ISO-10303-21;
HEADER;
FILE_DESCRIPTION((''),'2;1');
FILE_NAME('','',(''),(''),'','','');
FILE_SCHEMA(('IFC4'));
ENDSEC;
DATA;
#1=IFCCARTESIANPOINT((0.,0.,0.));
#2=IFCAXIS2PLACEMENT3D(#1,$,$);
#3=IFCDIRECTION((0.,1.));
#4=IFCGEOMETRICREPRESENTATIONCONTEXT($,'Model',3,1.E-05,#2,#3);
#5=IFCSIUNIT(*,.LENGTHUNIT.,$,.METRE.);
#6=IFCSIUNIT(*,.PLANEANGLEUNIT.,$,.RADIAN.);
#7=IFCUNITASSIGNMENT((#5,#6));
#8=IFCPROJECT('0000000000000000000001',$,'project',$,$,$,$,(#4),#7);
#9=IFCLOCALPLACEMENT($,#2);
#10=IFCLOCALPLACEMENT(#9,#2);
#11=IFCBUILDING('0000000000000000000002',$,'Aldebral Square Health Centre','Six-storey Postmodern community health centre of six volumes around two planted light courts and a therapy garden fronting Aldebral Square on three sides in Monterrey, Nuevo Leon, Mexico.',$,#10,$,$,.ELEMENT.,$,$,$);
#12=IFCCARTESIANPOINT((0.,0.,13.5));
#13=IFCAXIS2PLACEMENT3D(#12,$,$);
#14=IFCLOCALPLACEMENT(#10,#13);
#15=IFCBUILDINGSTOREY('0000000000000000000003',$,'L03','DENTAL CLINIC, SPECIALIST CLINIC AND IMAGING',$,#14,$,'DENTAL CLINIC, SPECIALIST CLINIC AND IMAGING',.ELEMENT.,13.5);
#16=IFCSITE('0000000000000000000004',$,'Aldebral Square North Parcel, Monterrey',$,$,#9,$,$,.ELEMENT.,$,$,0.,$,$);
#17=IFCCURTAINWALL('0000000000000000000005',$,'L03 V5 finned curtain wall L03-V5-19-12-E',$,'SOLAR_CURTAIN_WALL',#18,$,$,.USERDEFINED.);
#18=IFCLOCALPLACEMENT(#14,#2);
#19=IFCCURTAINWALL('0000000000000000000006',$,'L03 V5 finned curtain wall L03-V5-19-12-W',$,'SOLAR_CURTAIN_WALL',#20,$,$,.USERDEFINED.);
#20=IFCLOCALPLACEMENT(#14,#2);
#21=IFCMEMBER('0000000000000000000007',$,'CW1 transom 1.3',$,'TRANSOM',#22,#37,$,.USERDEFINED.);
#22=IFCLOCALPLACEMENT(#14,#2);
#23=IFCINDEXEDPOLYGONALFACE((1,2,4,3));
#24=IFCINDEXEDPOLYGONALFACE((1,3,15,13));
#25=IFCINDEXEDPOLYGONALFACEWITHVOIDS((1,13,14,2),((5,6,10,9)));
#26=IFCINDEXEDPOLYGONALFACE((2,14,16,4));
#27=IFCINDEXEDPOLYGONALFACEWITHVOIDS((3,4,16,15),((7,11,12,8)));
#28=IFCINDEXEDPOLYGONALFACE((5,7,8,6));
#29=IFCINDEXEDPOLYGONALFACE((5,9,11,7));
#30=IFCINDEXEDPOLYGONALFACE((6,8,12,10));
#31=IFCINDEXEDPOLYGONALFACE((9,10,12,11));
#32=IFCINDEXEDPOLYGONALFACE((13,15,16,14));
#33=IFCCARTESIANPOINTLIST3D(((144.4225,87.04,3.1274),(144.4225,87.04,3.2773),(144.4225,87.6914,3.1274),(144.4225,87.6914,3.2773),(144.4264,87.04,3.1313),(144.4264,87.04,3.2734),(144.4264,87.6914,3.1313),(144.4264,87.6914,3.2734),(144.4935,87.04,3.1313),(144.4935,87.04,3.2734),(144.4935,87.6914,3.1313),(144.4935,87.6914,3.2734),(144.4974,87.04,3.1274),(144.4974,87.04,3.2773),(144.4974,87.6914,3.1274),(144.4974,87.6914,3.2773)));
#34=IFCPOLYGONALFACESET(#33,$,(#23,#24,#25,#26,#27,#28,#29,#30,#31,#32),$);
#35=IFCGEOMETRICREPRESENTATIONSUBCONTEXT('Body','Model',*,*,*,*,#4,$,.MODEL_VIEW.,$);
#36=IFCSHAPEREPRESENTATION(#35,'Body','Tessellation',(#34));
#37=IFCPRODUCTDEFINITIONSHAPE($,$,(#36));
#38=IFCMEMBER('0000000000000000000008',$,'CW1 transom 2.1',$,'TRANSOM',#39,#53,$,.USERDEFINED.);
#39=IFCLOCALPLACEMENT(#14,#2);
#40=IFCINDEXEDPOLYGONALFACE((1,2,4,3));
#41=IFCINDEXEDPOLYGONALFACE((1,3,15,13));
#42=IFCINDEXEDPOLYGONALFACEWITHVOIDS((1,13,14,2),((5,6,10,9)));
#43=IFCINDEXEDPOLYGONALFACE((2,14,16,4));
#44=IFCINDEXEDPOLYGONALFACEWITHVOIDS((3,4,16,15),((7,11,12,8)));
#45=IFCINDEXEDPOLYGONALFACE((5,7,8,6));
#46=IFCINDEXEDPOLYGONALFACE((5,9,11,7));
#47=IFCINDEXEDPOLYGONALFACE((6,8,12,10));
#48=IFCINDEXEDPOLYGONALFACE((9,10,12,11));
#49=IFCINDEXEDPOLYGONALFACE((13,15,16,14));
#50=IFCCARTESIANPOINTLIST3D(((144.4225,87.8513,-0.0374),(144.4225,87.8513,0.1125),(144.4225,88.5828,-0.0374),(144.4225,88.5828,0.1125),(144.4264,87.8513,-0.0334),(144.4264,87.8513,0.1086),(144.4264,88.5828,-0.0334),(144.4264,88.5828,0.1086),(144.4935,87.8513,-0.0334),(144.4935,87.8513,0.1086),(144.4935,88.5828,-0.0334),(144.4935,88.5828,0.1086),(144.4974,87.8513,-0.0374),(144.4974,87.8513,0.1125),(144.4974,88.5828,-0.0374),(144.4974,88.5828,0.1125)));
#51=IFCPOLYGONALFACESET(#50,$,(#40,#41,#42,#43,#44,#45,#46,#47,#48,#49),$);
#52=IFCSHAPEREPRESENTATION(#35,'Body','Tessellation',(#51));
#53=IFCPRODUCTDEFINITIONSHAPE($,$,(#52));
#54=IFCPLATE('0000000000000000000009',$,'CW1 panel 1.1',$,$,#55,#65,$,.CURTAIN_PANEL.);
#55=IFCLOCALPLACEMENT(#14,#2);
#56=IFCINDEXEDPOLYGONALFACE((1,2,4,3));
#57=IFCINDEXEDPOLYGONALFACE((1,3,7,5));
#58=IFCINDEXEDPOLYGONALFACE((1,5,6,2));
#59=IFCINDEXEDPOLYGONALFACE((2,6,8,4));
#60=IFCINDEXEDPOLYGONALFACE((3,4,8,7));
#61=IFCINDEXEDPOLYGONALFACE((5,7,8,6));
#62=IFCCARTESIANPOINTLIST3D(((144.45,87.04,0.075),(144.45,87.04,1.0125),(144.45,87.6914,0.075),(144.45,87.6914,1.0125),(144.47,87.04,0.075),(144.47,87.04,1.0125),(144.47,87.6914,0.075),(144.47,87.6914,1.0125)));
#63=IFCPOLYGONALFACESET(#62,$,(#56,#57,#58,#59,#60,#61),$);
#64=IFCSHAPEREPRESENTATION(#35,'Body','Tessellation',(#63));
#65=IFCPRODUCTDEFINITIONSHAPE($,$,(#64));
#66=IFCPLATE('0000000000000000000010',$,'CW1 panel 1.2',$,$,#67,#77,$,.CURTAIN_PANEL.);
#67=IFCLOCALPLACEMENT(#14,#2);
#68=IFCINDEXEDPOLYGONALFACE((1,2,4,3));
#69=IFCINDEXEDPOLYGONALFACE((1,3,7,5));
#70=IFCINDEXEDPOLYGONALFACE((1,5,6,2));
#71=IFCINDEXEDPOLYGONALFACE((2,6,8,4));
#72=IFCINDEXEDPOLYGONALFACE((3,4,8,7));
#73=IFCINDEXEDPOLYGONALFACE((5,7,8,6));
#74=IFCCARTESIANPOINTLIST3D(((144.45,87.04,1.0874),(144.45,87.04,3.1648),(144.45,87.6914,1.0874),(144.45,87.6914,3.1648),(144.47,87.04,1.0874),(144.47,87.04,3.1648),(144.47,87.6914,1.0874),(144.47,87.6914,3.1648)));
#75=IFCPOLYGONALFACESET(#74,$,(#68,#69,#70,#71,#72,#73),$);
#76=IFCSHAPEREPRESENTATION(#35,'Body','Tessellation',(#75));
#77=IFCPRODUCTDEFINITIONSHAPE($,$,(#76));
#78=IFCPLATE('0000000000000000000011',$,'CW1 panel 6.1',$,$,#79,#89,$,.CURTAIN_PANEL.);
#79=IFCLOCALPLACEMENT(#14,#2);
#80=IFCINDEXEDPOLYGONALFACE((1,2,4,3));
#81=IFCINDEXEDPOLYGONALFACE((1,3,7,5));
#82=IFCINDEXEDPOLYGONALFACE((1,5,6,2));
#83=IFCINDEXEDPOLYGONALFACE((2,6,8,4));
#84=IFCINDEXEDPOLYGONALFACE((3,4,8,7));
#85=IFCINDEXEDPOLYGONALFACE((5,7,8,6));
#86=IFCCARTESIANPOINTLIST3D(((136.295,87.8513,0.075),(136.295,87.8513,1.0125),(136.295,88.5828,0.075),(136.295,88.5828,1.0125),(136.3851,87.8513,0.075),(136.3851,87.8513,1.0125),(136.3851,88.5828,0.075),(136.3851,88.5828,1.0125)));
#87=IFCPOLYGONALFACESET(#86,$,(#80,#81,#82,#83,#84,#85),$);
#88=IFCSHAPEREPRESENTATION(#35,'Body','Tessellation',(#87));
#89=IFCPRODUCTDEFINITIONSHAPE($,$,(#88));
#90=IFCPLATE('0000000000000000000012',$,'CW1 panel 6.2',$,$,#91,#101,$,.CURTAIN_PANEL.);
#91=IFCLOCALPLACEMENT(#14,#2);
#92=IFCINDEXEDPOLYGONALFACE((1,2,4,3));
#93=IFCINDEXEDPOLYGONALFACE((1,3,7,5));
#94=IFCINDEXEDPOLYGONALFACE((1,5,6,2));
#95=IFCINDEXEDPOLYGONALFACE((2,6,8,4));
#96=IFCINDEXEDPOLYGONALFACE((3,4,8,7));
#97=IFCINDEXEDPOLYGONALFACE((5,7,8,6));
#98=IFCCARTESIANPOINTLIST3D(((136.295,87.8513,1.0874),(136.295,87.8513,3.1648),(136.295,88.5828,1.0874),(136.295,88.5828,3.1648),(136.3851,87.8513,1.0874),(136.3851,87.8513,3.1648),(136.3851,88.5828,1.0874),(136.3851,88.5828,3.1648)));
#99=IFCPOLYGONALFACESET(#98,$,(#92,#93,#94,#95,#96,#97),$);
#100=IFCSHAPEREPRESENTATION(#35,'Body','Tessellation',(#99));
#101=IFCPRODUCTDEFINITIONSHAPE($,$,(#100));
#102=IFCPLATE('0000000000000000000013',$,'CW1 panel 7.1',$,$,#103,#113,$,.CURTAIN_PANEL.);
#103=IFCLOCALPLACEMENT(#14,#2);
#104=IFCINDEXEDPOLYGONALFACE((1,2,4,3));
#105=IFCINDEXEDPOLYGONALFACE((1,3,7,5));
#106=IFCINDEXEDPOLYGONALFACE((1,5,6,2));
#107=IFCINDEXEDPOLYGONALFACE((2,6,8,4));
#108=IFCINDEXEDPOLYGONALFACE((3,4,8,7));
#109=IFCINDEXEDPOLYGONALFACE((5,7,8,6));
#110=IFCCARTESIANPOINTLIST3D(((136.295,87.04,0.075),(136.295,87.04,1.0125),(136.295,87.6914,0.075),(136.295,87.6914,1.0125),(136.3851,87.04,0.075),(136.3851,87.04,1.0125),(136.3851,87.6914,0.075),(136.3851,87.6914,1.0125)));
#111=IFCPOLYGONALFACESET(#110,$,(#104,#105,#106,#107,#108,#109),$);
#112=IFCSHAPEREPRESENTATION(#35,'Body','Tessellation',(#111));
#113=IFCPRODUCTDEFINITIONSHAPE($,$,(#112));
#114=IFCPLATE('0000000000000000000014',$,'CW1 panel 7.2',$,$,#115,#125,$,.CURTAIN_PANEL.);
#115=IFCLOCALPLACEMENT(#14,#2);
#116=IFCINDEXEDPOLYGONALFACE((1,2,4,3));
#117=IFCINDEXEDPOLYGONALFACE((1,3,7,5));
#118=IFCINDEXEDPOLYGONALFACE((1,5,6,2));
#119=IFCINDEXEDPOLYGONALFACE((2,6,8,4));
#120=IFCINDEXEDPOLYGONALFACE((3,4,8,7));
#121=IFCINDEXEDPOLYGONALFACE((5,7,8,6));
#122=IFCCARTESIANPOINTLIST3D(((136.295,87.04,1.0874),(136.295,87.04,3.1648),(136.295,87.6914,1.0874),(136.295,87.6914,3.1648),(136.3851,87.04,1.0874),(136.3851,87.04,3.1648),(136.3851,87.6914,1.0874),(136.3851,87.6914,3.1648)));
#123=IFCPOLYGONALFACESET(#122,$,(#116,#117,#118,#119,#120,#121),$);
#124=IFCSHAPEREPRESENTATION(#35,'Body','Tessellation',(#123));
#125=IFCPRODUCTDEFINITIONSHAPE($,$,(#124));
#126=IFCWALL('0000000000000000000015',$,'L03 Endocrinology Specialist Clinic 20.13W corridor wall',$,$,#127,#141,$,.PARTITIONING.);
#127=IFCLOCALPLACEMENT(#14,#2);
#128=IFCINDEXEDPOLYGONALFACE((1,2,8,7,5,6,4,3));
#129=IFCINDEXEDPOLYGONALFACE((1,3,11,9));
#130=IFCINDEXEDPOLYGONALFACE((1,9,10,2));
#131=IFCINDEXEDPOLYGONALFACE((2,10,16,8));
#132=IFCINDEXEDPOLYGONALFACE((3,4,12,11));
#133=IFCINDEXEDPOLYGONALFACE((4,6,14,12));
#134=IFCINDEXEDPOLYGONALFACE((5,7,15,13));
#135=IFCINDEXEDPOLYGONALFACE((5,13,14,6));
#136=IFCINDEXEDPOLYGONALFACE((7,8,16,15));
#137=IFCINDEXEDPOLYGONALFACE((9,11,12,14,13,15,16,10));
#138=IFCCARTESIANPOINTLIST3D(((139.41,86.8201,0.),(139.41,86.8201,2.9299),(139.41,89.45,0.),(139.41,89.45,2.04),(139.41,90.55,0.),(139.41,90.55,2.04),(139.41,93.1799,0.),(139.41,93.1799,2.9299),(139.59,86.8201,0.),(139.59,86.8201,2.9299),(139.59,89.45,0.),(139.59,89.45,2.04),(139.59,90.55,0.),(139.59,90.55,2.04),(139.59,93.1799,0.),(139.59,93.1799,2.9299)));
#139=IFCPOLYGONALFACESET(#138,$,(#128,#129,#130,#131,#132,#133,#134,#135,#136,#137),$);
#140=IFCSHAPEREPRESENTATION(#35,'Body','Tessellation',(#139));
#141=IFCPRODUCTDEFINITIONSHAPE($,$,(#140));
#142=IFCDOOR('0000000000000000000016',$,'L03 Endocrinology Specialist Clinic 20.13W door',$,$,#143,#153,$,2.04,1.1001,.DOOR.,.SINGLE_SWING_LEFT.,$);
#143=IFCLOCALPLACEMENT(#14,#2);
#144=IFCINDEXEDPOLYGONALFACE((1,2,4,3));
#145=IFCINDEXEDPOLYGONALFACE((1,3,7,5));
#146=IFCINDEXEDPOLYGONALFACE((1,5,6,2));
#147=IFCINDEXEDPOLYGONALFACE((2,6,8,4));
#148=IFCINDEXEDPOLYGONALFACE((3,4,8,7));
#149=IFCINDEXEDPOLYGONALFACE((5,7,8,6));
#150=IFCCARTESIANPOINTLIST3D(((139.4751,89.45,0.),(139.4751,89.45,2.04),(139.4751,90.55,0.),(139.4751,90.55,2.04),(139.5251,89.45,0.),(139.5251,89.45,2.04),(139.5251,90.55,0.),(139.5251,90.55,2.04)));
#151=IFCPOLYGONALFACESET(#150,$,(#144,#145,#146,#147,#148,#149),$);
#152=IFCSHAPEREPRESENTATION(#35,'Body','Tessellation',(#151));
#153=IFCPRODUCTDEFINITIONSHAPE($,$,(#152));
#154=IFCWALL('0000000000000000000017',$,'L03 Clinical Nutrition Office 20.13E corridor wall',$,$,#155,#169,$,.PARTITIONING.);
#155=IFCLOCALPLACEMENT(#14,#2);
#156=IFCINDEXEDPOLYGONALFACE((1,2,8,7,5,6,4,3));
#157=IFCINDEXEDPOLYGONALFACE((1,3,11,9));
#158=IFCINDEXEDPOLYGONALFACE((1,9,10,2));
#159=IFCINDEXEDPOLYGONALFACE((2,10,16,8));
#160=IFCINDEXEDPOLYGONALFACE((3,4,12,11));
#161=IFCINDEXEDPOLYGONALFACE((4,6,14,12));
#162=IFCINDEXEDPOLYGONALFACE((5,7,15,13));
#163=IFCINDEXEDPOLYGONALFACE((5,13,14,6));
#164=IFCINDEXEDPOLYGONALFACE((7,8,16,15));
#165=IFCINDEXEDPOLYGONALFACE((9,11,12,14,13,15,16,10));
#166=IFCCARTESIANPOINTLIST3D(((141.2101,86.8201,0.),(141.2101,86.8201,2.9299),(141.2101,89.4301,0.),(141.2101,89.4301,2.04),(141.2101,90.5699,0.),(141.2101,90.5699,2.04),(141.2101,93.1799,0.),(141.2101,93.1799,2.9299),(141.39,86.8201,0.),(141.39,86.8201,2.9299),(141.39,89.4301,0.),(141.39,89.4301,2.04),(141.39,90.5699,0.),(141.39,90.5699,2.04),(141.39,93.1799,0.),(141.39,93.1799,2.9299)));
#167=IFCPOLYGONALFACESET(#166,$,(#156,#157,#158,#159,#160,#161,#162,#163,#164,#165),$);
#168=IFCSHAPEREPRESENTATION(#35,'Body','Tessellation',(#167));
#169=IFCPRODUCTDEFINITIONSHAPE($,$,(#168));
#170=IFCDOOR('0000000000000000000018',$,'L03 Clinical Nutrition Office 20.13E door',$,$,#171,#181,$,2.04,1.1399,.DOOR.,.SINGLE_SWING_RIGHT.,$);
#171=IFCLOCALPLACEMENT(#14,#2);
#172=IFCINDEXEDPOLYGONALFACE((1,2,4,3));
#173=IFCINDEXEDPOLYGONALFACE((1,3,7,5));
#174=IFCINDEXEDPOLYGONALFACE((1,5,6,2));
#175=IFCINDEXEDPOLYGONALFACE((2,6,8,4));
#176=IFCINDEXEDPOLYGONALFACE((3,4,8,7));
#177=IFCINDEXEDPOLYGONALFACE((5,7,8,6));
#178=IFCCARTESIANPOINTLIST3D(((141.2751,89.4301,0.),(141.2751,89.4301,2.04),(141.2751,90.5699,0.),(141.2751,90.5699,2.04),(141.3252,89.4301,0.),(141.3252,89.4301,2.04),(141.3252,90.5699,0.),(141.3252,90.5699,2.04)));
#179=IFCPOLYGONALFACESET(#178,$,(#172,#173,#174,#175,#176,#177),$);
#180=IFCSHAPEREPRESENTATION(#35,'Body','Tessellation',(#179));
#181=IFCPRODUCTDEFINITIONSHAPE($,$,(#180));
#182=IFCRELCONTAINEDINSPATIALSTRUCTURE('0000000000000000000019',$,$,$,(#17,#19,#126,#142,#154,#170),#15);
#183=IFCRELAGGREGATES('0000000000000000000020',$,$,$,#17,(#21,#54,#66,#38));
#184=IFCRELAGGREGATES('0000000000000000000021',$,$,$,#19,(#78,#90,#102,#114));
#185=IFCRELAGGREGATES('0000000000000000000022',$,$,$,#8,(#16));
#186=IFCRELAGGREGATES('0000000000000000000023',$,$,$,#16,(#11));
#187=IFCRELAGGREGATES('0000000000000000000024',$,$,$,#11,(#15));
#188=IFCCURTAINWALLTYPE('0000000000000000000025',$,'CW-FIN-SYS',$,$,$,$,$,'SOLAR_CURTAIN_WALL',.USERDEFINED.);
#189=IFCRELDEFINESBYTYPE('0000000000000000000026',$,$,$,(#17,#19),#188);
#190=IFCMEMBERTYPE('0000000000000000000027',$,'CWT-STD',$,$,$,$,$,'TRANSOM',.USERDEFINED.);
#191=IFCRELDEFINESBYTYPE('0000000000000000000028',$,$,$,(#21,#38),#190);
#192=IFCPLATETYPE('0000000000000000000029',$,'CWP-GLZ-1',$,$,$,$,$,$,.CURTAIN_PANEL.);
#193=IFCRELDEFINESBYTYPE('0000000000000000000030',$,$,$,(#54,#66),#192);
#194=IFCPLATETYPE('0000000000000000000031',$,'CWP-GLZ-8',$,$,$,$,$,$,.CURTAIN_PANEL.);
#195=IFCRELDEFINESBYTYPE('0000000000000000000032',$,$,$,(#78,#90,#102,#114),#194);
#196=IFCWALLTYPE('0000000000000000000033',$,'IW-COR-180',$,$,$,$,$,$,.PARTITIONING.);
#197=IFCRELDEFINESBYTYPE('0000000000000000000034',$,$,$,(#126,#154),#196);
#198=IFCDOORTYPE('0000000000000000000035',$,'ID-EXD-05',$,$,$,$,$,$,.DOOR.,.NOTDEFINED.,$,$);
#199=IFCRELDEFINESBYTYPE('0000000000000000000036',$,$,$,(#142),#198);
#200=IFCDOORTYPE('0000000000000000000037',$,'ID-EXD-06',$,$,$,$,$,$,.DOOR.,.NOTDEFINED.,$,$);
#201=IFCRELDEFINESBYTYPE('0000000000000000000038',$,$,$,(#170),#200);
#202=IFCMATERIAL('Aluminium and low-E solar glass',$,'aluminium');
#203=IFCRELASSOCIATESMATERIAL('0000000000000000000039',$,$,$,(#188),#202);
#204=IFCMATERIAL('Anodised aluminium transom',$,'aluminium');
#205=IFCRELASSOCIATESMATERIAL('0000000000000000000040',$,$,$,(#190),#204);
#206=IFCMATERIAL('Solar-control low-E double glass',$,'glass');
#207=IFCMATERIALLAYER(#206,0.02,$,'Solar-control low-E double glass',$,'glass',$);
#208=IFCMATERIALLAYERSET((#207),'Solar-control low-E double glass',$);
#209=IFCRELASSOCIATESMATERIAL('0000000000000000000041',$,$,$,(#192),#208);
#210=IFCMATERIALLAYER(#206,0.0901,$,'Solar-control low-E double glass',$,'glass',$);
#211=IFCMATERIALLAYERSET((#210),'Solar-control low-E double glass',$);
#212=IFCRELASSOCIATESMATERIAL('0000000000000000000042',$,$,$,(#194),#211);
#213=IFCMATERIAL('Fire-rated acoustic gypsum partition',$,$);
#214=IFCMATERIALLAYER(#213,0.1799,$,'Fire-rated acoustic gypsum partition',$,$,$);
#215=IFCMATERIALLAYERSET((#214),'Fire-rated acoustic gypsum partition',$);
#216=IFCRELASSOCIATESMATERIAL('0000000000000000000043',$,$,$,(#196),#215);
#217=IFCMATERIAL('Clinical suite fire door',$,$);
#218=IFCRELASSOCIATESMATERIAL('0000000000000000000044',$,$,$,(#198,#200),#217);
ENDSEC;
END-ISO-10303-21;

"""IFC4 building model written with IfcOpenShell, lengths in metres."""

from ifc_helpers import new_model, si_unit, direction, frame, frame_2d, origin, origin_2d, place, context, subcontext, project, spatial, rectangle, hollow_rectangle, extrude, material, layer, layer_set, material_profile, profile_set, type_object, element, fill, aggregate, save


model = new_model("IFC4")

# Units and contexts
model_context = context("Model", 3, precision=1e-05, world=origin(), true_north=direction((0.0, 1.0)))
body_context = subcontext(model_context, "Body", "Model", "MODEL_VIEW")
ifc_project = project(units=[si_unit("LENGTHUNIT", "METRE"), si_unit("PLANEANGLEUNIT", "RADIAN")], contexts=[model_context])

# Site, building, storey
site_placement = place(None, origin())
site = spatial("IfcSite", under=ifc_project, at=site_placement, Name="Aldebral Square North Parcel, Monterrey", CompositionType="ELEMENT", RefElevation=0.0)
building_placement = place(site_placement, origin())
building = spatial("IfcBuilding", under=site, at=building_placement, Name="Aldebral Square Health Centre", Description="Six-storey Postmodern community health centre of six volumes around two planted light courts and a therapy garden fronting Aldebral Square on three sides in Monterrey, Nuevo Leon, Mexico.", CompositionType="ELEMENT")
storey_placement = place(building_placement, frame((0.0, 0.0, 13.5)))
storey = spatial("IfcBuildingStorey", under=building, at=storey_placement, Name="L03", Description="DENTAL CLINIC, SPECIALIST CLINIC AND IMAGING", LongName="DENTAL CLINIC, SPECIALIST CLINIC AND IMAGING", CompositionType="ELEMENT", Elevation=13.5)

# Curtain walls
ifc_material_1 = material(Name="Aluminium and low-E solar glass", Category="aluminium")
curtain_wall_type = type_object("IfcCurtainWallType", Name="CW-FIN-SYS", ElementType="SOLAR_CURTAIN_WALL", PredefinedType="USERDEFINED", material=ifc_material_1)
curtain_wall_1_placement = place(storey_placement, origin())
curtain_wall_1 = element("IfcCurtainWall", 1, at=curtain_wall_1_placement, inside=storey, type_object=curtain_wall_type, Name="L03 V5 finned curtain wall L03-V5-19-12-E", ObjectType="SOLAR_CURTAIN_WALL", PredefinedType="USERDEFINED")
curtain_wall_2_placement = place(storey_placement, origin())
curtain_wall_2 = element("IfcCurtainWall", 2, at=curtain_wall_2_placement, inside=storey, type_object=curtain_wall_type, Name="L03 V5 finned curtain wall L03-V5-19-12-W", ObjectType="SOLAR_CURTAIN_WALL", PredefinedType="USERDEFINED")
ifc_material_2 = material(Name="Anodised aluminium transom", Category="aluminium")
ifc_material_profile_1 = material_profile(ifc_material_2, hollow_rectangle(XDim=0.075, YDim=0.1499, WallThickness=0.0039, at=origin_2d()), Name="CWT 75x150x4")
ifc_profile_set_1 = profile_set([ifc_material_profile_1], Name="Anodised aluminium transom")
member_type_1 = type_object("IfcMemberType", Name="CWT-STD", ElementType="TRANSOM", PredefinedType="USERDEFINED", material=ifc_profile_set_1)

# Members
member_1_placement = place(storey_placement, frame((144.46, 87.04, 3.2024), z_axis=(0.0, 1.0, 0.0), x_axis=(-1.0, 0.0, 0.0)))
member_1 = element("IfcMember", 3, at=member_1_placement, type_object=member_type_1, Name="CW1 transom 1.3", ObjectType="TRANSOM", PredefinedType="USERDEFINED", context=body_context, shape_type="SweptSolid", body=[
    extrude(hollow_rectangle(XDim=0.075, YDim=0.1499, WallThickness=0.0039, at=origin_2d()), origin(), (0.0, 0.0, 1.0), 0.6514),
])
member_2_placement = place(storey_placement, frame((144.46, 87.8513, 0.0376), z_axis=(0.0, 1.0, 0.0), x_axis=(-1.0, 0.0, 0.0)))
member_2 = element("IfcMember", 4, at=member_2_placement, type_object=member_type_1, Name="CW1 transom 2.1", ObjectType="TRANSOM", PredefinedType="USERDEFINED", context=body_context, shape_type="SweptSolid", body=[
    extrude(hollow_rectangle(XDim=0.075, YDim=0.1499, WallThickness=0.0039, at=origin_2d()), origin(), (0.0, 0.0, 1.0), 0.7314),
])

# Plates
ifc_material_3 = material(Name="Solar-control low-E double glass", Category="glass")
ifc_layer_1 = layer(ifc_material_3, 0.02, Name="Solar-control low-E double glass", Category="glass")
ifc_layer_set_1 = layer_set([ifc_layer_1], Name="Solar-control low-E double glass")
plate_type_1 = type_object("IfcPlateType", Name="CWP-GLZ-1", PredefinedType="CURTAIN_PANEL", material=ifc_layer_set_1)
plate_1_placement = place(storey_placement, frame((144.46, 87.3657, 0.075), z_axis=(0.0, 0.0, 1.0), x_axis=(0.0, 1.0, 0.0)))
plate_1 = element("IfcPlate", 5, at=plate_1_placement, type_object=plate_type_1, Name="CW1 panel 1.1", PredefinedType="CURTAIN_PANEL", context=body_context, shape_type="SweptSolid", body=[
    extrude(rectangle(XDim=0.6514, YDim=0.02, at=origin_2d()), origin(), (0.0, 0.0, 1.0), 0.9375),
])
plate_2_placement = place(storey_placement, frame((144.46, 87.3657, 1.0874), z_axis=(0.0, 0.0, 1.0), x_axis=(0.0, 1.0, 0.0)))
plate_2 = element("IfcPlate", 6, at=plate_2_placement, type_object=plate_type_1, Name="CW1 panel 1.2", PredefinedType="CURTAIN_PANEL", context=body_context, shape_type="SweptSolid", body=[
    extrude(rectangle(XDim=0.6514, YDim=0.02, at=origin_2d()), origin(), (0.0, 0.0, 1.0), 2.0774),
])
aggregate(curtain_wall_1, [member_1, plate_1, plate_2, member_2])
ifc_layer_2 = layer(ifc_material_3, 0.0901, Name="Solar-control low-E double glass", Category="glass")
ifc_layer_set_2 = layer_set([ifc_layer_2], Name="Solar-control low-E double glass")
plate_type_2 = type_object("IfcPlateType", Name="CWP-GLZ-8", PredefinedType="CURTAIN_PANEL", material=ifc_layer_set_2)
plate_3_placement = place(storey_placement, frame((136.3401, 88.217, 0.075), z_axis=(0.0, 0.0, 1.0), x_axis=(0.0, -1.0, 0.0)))
plate_3 = element("IfcPlate", 7, at=plate_3_placement, type_object=plate_type_2, Name="CW1 panel 6.1", PredefinedType="CURTAIN_PANEL", context=body_context, shape_type="SweptSolid", body=[
    extrude(rectangle(XDim=0.7314, YDim=0.0901, at=origin_2d()), origin(), (0.0, 0.0, 1.0), 0.9375),
])
plate_4_placement = place(storey_placement, frame((136.3401, 88.217, 1.0874), z_axis=(0.0, 0.0, 1.0), x_axis=(0.0, -1.0, 0.0)))
plate_4 = element("IfcPlate", 8, at=plate_4_placement, type_object=plate_type_2, Name="CW1 panel 6.2", PredefinedType="CURTAIN_PANEL", context=body_context, shape_type="SweptSolid", body=[
    extrude(rectangle(XDim=0.7314, YDim=0.0901, at=origin_2d()), origin(), (0.0, 0.0, 1.0), 2.0774),
])
plate_5_placement = place(storey_placement, frame((136.3401, 87.3657, 0.075), z_axis=(0.0, 0.0, 1.0), x_axis=(0.0, -1.0, 0.0)))
plate_5 = element("IfcPlate", 9, at=plate_5_placement, type_object=plate_type_2, Name="CW1 panel 7.1", PredefinedType="CURTAIN_PANEL", context=body_context, shape_type="SweptSolid", body=[
    extrude(rectangle(XDim=0.6514, YDim=0.0901, at=origin_2d()), origin(), (0.0, 0.0, 1.0), 0.9375),
])
plate_6_placement = place(storey_placement, frame((136.3401, 87.3657, 1.0874), z_axis=(0.0, 0.0, 1.0), x_axis=(0.0, -1.0, 0.0)))
plate_6 = element("IfcPlate", 10, at=plate_6_placement, type_object=plate_type_2, Name="CW1 panel 7.2", PredefinedType="CURTAIN_PANEL", context=body_context, shape_type="SweptSolid", body=[
    extrude(rectangle(XDim=0.6514, YDim=0.0901, at=origin_2d()), origin(), (0.0, 0.0, 1.0), 2.0774),
])
aggregate(curtain_wall_2, [plate_3, plate_4, plate_5, plate_6])

# Walls, openings, doors
ifc_material_4 = material(Name="Fire-rated acoustic gypsum partition")
ifc_layer_3 = layer(ifc_material_4, 0.1799, Name="Fire-rated acoustic gypsum partition")
ifc_layer_set_3 = layer_set([ifc_layer_3], Name="Fire-rated acoustic gypsum partition")
wall_type = type_object("IfcWallType", Name="IW-COR-180", PredefinedType="PARTITIONING", material=ifc_layer_set_3)
wall_1_placement = place(storey_placement, frame((139.5, 86.8201, 0.0), z_axis=(0.0, 0.0, 1.0), x_axis=(0.0, 1.0, 0.0)))
wall_1 = element("IfcWall", 11, at=wall_1_placement, inside=storey, type_object=wall_type, Name="L03 Endocrinology Specialist Clinic 20.13W corridor wall", PredefinedType="PARTITIONING", context=body_context, shape_type="SweptSolid", body=[
    extrude(rectangle(XDim=6.3599, YDim=0.1799, at=frame_2d((3.1799, 0.0))), origin(), (0.0, 0.0, 1.0), 2.9299),
])
opening_1_placement = place(wall_1_placement, frame((2.6299, 0.0, 0.0)))
opening_1 = element("IfcOpeningElement", 12, at=opening_1_placement, cuts=wall_1, PredefinedType="OPENING", context=body_context, shape_type="SweptSolid", body=[
    extrude(rectangle(XDim=1.1001, YDim=2.04, at=frame_2d((0.55, 1.02))), frame((0.0, 0.1001, 0.0), z_axis=(0.0, -1.0, 0.0), x_axis=(1.0, 0.0, 0.0)), (0.0, 0.0, 1.0), 0.2),
])
ifc_material_5 = material(Name="Clinical suite fire door")
door_type_1 = type_object("IfcDoorType", Name="ID-EXD-05", OperationType="NOTDEFINED", PredefinedType="DOOR", material=ifc_material_5)
door_1_placement = place(opening_1_placement, origin())
door_1 = element("IfcDoor", 13, at=door_1_placement, inside=storey, type_object=door_type_1, Name="L03 Endocrinology Specialist Clinic 20.13W door", OperationType="SINGLE_SWING_LEFT", OverallHeight=2.04, OverallWidth=1.1001, PredefinedType="DOOR", context=body_context, shape_type="SweptSolid", body=[
    extrude(rectangle(XDim=1.1001, YDim=2.04, at=frame_2d((0.55, 1.02))), frame((0.0, 0.0249, 0.0), z_axis=(0.0, -1.0, 0.0), x_axis=(1.0, 0.0, 0.0)), (0.0, 0.0, 1.0), 0.05),
])
fill(opening_1, door_1)
wall_2_placement = place(storey_placement, frame((141.3, 86.8201, 0.0), z_axis=(0.0, 0.0, 1.0), x_axis=(0.0, 1.0, 0.0)))
wall_2 = element("IfcWall", 14, at=wall_2_placement, inside=storey, type_object=wall_type, Name="L03 Clinical Nutrition Office 20.13E corridor wall", PredefinedType="PARTITIONING", context=body_context, shape_type="SweptSolid", body=[
    extrude(rectangle(XDim=6.3599, YDim=0.1799, at=frame_2d((3.1799, 0.0))), origin(), (0.0, 0.0, 1.0), 2.9299),
])
opening_2_placement = place(wall_2_placement, frame((2.6101, 0.0, 0.0)))
opening_2 = element("IfcOpeningElement", 15, at=opening_2_placement, cuts=wall_2, PredefinedType="OPENING", context=body_context, shape_type="SweptSolid", body=[
    extrude(rectangle(XDim=1.1399, YDim=2.04, at=frame_2d((0.5698, 1.02))), frame((0.0, 0.1001, 0.0), z_axis=(0.0, -1.0, 0.0), x_axis=(1.0, 0.0, 0.0)), (0.0, 0.0, 1.0), 0.2),
])
door_type_2 = type_object("IfcDoorType", Name="ID-EXD-06", OperationType="NOTDEFINED", PredefinedType="DOOR", material=ifc_material_5)
door_2_placement = place(opening_2_placement, origin())
door_2 = element("IfcDoor", 16, at=door_2_placement, inside=storey, type_object=door_type_2, Name="L03 Clinical Nutrition Office 20.13E door", OperationType="SINGLE_SWING_RIGHT", OverallHeight=2.04, OverallWidth=1.1399, PredefinedType="DOOR", context=body_context, shape_type="SweptSolid", body=[
    extrude(rectangle(XDim=1.1399, YDim=2.04, at=frame_2d((0.5698, 1.02))), frame((0.0, 0.0249, 0.0), z_axis=(0.0, -1.0, 0.0), x_axis=(1.0, 0.0, 0.0)), (0.0, 0.0, 1.0), 0.05),
])
fill(opening_2, door_2)

save(model, "model.ifc")
